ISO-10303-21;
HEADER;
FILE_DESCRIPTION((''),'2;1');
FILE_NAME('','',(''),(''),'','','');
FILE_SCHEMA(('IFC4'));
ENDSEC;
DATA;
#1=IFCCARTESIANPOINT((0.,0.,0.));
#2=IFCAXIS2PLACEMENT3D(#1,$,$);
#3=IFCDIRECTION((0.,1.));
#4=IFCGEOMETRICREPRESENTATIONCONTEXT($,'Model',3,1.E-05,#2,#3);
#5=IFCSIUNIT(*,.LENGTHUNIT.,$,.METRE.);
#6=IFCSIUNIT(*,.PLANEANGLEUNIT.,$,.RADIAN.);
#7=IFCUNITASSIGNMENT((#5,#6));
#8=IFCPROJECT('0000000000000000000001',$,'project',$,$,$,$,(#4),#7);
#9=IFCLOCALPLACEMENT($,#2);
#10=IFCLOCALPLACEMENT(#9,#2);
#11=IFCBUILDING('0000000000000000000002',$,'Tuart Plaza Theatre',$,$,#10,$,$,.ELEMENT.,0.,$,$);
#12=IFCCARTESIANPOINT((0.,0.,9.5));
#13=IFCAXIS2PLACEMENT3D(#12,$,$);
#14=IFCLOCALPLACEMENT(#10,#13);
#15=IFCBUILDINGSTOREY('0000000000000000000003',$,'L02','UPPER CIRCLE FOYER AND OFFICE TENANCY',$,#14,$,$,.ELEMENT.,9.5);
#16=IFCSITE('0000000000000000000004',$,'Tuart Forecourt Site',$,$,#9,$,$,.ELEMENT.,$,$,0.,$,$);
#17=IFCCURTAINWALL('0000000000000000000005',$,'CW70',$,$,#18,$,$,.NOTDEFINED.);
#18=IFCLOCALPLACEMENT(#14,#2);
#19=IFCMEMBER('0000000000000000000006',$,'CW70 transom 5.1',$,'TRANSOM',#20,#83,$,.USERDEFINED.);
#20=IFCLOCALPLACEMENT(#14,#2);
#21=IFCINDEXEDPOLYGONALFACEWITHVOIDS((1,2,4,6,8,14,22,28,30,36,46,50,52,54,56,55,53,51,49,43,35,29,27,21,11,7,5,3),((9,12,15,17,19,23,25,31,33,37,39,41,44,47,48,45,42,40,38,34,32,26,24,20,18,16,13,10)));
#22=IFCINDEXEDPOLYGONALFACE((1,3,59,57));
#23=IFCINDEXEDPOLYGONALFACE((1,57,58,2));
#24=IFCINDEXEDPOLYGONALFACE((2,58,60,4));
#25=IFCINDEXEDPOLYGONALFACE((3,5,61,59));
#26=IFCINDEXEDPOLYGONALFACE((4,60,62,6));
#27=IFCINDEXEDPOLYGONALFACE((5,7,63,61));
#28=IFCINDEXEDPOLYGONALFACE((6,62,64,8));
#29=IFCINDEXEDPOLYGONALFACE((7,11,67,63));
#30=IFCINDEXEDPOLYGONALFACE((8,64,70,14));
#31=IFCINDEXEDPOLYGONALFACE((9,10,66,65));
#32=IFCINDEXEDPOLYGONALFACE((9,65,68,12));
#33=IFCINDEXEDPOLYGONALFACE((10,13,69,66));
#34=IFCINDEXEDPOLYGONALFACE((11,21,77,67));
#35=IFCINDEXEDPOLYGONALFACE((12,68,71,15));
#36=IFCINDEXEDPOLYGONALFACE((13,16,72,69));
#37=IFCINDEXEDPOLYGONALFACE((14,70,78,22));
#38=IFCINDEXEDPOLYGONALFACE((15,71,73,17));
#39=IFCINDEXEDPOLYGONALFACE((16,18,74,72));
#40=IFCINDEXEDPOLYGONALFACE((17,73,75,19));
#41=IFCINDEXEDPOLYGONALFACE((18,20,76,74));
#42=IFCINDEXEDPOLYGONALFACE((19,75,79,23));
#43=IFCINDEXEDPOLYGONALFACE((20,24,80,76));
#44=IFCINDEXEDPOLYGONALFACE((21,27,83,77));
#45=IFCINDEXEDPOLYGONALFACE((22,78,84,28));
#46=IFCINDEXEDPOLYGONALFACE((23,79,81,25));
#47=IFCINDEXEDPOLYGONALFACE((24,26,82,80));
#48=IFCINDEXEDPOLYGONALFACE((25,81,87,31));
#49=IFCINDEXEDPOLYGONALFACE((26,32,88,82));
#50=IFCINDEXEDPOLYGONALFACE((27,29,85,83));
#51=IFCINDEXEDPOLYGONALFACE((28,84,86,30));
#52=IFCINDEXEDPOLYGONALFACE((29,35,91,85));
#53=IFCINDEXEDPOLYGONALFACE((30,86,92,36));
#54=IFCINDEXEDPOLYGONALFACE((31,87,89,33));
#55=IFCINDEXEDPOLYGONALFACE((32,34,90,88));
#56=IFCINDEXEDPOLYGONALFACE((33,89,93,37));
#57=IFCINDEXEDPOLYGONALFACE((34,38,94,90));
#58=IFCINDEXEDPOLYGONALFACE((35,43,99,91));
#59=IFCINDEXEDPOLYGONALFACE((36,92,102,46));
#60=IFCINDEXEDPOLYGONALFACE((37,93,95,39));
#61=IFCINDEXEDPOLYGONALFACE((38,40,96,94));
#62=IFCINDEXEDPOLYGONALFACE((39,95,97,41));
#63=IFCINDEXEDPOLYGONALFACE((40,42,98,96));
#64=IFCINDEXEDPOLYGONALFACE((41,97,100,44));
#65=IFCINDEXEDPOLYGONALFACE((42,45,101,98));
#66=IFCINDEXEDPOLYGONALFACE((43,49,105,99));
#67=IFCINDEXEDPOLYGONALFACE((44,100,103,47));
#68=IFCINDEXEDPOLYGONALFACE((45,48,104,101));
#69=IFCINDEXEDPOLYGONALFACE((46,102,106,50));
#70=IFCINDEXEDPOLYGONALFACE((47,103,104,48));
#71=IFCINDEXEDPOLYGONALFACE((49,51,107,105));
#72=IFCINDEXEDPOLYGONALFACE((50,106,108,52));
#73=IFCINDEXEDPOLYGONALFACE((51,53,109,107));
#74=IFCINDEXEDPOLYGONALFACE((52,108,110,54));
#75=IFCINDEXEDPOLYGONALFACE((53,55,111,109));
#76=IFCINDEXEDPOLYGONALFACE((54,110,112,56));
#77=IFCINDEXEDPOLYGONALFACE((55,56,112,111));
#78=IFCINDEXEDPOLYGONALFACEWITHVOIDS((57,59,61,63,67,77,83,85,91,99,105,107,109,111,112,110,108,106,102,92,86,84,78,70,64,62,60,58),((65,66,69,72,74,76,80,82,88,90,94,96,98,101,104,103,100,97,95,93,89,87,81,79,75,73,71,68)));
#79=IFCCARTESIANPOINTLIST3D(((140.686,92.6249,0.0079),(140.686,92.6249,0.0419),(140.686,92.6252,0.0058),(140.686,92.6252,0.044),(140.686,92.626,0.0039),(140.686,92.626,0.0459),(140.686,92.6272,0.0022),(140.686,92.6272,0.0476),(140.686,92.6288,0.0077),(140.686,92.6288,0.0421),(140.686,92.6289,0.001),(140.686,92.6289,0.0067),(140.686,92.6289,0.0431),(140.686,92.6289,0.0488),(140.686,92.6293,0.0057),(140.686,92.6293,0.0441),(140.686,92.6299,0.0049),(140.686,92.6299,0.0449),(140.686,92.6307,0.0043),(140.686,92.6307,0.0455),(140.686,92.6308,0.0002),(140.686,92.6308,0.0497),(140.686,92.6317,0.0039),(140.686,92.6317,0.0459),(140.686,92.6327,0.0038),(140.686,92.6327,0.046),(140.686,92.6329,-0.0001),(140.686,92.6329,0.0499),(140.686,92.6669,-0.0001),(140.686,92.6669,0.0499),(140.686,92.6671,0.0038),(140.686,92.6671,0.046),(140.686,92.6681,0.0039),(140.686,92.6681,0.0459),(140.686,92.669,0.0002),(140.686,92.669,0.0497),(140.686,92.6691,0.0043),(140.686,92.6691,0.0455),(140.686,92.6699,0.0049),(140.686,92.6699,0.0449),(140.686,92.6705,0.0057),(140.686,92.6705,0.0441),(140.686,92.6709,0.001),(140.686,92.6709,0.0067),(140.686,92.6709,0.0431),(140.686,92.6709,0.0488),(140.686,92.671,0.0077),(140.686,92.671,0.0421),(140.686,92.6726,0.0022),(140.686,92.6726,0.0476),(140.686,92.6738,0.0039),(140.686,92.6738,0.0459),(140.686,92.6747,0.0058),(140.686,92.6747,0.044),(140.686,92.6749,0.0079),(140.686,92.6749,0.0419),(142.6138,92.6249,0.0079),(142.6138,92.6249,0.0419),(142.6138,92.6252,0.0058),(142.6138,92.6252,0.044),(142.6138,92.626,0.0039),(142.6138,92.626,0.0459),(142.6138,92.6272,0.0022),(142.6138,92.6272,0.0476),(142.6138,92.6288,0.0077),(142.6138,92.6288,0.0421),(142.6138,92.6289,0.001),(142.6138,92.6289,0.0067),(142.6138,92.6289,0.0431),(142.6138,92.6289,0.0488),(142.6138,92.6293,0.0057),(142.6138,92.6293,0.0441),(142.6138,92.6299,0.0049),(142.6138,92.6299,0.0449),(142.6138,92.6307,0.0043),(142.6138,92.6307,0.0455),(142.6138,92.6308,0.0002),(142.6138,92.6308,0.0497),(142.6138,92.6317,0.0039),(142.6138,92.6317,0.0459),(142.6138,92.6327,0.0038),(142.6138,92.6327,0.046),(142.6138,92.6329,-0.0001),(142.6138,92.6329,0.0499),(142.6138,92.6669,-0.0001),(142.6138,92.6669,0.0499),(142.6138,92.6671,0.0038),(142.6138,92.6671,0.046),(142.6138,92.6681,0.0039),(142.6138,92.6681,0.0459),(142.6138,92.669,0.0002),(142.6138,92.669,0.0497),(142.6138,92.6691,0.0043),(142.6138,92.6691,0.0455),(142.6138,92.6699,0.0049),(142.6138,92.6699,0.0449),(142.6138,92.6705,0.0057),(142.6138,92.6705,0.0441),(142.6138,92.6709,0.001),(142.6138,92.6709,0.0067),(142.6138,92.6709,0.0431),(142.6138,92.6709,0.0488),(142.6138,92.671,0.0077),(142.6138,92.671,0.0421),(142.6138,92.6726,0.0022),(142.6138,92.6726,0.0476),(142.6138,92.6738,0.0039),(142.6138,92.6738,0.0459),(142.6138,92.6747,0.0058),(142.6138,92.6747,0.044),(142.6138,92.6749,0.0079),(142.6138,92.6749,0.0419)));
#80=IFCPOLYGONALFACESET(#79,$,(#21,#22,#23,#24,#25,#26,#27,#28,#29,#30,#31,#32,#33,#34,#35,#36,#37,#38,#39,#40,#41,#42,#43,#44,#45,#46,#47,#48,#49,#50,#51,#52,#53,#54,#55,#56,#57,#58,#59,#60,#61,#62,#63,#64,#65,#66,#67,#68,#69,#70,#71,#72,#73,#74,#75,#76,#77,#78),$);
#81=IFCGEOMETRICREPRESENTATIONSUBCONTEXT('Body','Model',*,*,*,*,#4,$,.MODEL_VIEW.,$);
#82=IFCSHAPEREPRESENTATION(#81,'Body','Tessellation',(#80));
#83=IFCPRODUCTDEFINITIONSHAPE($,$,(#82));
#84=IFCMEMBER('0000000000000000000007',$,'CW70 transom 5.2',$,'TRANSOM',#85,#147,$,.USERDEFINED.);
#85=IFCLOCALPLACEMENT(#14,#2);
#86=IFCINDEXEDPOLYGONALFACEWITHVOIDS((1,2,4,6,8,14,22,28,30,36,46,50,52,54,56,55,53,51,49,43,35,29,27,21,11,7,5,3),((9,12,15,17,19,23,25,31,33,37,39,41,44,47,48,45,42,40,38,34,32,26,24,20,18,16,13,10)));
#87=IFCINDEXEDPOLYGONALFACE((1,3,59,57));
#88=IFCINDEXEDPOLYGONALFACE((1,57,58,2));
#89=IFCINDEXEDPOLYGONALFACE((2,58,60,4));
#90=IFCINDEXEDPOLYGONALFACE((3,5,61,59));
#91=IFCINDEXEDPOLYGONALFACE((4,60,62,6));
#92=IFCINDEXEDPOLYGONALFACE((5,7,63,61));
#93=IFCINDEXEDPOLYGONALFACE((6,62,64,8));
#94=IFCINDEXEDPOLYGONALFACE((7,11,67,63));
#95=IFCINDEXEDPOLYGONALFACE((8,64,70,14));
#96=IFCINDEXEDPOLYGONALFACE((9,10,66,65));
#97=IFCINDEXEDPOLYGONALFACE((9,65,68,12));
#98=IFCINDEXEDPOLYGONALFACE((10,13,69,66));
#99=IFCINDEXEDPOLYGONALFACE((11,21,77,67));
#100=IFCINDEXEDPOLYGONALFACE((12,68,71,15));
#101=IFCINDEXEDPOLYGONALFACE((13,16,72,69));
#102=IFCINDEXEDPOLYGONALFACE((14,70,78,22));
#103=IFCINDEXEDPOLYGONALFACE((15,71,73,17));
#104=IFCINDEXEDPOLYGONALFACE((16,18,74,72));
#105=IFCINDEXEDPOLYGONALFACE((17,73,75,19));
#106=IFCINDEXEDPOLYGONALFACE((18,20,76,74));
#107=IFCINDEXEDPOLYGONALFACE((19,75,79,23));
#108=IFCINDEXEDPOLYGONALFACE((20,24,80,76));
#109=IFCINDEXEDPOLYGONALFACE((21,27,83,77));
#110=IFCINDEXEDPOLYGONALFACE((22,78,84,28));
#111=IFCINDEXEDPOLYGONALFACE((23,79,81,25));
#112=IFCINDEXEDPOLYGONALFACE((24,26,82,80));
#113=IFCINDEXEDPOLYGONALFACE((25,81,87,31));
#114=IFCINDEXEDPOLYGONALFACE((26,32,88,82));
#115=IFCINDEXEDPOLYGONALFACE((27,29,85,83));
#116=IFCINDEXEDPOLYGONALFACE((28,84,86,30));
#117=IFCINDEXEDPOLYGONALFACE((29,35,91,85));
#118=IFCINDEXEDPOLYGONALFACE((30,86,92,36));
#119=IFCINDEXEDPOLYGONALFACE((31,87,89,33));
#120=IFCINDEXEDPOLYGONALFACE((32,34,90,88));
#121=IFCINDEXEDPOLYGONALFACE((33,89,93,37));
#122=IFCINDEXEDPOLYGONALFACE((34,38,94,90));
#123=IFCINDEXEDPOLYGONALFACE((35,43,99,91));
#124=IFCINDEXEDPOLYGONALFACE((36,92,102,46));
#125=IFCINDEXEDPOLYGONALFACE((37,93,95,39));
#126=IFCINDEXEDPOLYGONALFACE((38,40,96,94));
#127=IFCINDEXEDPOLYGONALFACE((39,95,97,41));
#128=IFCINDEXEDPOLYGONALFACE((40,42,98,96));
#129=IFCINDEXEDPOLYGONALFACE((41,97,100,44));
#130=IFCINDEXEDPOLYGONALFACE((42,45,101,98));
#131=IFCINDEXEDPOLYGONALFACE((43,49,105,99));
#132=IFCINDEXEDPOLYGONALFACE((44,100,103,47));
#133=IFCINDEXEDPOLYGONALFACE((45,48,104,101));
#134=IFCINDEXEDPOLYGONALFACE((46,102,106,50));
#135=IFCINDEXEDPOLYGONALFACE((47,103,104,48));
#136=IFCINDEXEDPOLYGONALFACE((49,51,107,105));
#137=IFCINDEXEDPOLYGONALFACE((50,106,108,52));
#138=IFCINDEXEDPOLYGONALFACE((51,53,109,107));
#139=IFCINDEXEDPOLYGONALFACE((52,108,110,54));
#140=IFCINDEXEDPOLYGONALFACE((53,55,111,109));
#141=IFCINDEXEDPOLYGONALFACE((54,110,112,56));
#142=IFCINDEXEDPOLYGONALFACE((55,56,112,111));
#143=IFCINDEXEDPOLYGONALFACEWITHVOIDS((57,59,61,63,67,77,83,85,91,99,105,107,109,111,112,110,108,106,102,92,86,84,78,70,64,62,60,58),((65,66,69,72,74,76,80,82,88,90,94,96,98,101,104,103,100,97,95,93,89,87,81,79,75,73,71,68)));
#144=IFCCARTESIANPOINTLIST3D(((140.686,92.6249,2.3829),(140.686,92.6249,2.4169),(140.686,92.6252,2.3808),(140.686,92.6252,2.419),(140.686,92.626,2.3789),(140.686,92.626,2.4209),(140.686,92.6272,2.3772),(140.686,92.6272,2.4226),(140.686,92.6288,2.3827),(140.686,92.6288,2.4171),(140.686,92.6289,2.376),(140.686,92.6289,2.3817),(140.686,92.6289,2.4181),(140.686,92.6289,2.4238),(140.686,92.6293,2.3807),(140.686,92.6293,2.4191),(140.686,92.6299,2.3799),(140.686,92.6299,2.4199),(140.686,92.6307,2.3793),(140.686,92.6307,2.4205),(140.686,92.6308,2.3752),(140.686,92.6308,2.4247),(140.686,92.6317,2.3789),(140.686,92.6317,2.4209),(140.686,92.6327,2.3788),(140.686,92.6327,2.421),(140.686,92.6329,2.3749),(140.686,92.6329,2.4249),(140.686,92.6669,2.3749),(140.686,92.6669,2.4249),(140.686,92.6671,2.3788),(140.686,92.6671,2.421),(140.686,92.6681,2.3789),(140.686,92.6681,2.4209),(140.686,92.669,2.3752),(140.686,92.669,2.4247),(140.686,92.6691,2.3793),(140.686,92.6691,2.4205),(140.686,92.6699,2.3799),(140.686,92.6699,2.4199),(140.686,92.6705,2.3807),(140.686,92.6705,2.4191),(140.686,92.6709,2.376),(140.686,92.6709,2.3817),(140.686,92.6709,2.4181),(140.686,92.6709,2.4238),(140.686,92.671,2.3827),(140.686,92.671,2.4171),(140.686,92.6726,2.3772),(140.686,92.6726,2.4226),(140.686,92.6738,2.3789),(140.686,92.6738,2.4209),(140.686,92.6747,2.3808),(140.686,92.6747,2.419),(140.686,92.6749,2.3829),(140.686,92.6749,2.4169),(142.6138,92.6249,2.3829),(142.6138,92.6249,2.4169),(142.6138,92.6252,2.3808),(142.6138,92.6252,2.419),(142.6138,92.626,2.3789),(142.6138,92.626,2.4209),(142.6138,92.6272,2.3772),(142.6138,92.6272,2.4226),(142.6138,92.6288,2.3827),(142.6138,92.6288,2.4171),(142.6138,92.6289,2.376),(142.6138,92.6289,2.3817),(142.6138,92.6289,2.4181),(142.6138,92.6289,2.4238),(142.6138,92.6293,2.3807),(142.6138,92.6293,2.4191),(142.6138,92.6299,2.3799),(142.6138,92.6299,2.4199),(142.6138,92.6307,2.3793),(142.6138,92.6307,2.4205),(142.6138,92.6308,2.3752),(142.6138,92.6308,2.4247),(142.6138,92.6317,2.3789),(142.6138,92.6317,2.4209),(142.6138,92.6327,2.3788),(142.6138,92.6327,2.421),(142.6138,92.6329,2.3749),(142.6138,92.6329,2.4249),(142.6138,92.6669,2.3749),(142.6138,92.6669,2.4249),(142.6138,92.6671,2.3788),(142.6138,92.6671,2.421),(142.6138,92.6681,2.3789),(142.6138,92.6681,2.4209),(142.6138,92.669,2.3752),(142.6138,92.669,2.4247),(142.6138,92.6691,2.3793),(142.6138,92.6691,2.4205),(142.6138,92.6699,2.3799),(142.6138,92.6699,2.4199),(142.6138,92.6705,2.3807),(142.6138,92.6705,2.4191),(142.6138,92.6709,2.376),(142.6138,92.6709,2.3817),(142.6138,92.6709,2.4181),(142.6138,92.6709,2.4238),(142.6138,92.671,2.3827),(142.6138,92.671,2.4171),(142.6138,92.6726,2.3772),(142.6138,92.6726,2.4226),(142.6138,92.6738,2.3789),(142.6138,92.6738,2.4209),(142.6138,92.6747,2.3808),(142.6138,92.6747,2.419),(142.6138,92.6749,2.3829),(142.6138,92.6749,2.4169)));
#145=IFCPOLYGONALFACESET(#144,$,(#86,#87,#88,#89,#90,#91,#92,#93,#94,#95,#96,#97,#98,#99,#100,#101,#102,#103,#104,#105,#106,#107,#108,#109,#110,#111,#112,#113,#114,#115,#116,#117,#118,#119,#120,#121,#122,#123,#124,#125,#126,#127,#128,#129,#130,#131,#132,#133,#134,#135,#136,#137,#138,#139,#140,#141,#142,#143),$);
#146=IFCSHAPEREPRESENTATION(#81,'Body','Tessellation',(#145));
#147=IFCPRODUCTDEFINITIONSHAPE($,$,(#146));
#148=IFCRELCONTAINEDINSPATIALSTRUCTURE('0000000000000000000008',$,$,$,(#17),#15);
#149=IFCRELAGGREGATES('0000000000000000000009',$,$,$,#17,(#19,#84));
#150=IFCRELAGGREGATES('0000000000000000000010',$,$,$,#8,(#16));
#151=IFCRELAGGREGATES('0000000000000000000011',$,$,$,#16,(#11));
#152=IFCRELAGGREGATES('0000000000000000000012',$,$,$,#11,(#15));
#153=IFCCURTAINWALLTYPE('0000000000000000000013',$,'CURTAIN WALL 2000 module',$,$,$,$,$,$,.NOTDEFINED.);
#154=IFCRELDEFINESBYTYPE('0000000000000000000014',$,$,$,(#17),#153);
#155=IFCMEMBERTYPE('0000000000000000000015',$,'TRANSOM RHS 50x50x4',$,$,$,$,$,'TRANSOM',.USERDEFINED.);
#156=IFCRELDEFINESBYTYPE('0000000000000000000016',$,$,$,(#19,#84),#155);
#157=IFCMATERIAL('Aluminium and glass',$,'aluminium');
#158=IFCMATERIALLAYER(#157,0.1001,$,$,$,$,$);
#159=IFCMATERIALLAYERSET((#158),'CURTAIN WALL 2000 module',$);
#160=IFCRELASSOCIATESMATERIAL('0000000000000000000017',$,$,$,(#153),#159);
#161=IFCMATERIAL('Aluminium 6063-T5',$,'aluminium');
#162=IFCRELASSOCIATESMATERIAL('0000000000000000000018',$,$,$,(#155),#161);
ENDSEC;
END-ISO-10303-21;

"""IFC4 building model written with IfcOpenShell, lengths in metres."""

from ifc_helpers import new_model, si_unit, direction, frame, origin, origin_2d, place, context, subcontext, project, spatial, hollow_rectangle, extrude, material, layer, layer_set, material_profile, profile_set, type_object, element, aggregate, save


model = new_model("IFC4")

# Units and contexts
model_context = context("Model", 3, precision=1e-05, world=origin(), true_north=direction((0.0, 1.0)))
body_context = subcontext(model_context, "Body", "Model", "MODEL_VIEW")
ifc_project = project(units=[si_unit("LENGTHUNIT", "METRE"), si_unit("PLANEANGLEUNIT", "RADIAN")], contexts=[model_context])

# Site, building, storey
site_placement = place(None, origin())
site = spatial("IfcSite", under=ifc_project, at=site_placement, Name="Tuart Forecourt Site", CompositionType="ELEMENT", RefElevation=0.0)
building_placement = place(site_placement, origin())
building = spatial("IfcBuilding", under=site, at=building_placement, Name="Tuart Plaza Theatre", CompositionType="ELEMENT", ElevationOfRefHeight=0.0)
storey_placement = place(building_placement, frame((0.0, 0.0, 9.5)))
storey = spatial("IfcBuildingStorey", under=building, at=storey_placement, Name="L02", Description="UPPER CIRCLE FOYER AND OFFICE TENANCY", CompositionType="ELEMENT", Elevation=9.5)

# Curtain wall, members
ifc_material_1 = material(Name="Aluminium and glass", Category="aluminium")
ifc_layer_1 = layer(ifc_material_1, 0.1001)
ifc_layer_set_1 = layer_set([ifc_layer_1], Name="CURTAIN WALL 2000 module")
curtain_wall_type = type_object("IfcCurtainWallType", Name="CURTAIN WALL 2000 module", PredefinedType="NOTDEFINED", material=ifc_layer_set_1)
curtain_wall_placement = place(storey_placement, origin())
curtain_wall = element("IfcCurtainWall", 1, at=curtain_wall_placement, inside=storey, type_object=curtain_wall_type, Name="CW70", PredefinedType="NOTDEFINED")
ifc_material_2 = material(Name="Aluminium 6063-T5", Category="aluminium")
ifc_material_profile_1 = material_profile(ifc_material_2, hollow_rectangle(XDim=0.05, YDim=0.05, WallThickness=0.0039, InnerFilletRadius=0.0039, OuterFilletRadius=0.0081, at=origin_2d()), Name="RHS 50x50x4")
ifc_profile_set_1 = profile_set([ifc_material_profile_1], Name="Aluminium 6063-T5")
member_type_1 = type_object("IfcMemberType", Name="TRANSOM RHS 50x50x4", ElementType="TRANSOM", PredefinedType="USERDEFINED", material=ifc_profile_set_1)
member_1_placement = place(storey_placement, frame((142.6138, 92.6499, 0.0249), z_axis=(-1.0, 0.0, 0.0), x_axis=(0.0, -1.0, 0.0)))
member_1 = element("IfcMember", 2, at=member_1_placement, type_object=member_type_1, Name="CW70 transom 5.1", ObjectType="TRANSOM", PredefinedType="USERDEFINED", context=body_context, shape_type="SweptSolid", body=[
    extrude(hollow_rectangle(XDim=0.05, YDim=0.05, WallThickness=0.0039, InnerFilletRadius=0.0039, OuterFilletRadius=0.0081, at=origin_2d()), origin(), (0.0, 0.0, 1.0), 1.9277),
])
member_2_placement = place(storey_placement, frame((142.6138, 92.6499, 2.3999), z_axis=(-1.0, 0.0, 0.0), x_axis=(0.0, -1.0, 0.0)))
member_2 = element("IfcMember", 3, at=member_2_placement, type_object=member_type_1, Name="CW70 transom 5.2", ObjectType="TRANSOM", PredefinedType="USERDEFINED", context=body_context, shape_type="SweptSolid", body=[
    extrude(hollow_rectangle(XDim=0.05, YDim=0.05, WallThickness=0.0039, InnerFilletRadius=0.0039, OuterFilletRadius=0.0081, at=origin_2d()), origin(), (0.0, 0.0, 1.0), 1.9277),
])
aggregate(curtain_wall, [member_1, member_2])

save(model, "model.ifc")
